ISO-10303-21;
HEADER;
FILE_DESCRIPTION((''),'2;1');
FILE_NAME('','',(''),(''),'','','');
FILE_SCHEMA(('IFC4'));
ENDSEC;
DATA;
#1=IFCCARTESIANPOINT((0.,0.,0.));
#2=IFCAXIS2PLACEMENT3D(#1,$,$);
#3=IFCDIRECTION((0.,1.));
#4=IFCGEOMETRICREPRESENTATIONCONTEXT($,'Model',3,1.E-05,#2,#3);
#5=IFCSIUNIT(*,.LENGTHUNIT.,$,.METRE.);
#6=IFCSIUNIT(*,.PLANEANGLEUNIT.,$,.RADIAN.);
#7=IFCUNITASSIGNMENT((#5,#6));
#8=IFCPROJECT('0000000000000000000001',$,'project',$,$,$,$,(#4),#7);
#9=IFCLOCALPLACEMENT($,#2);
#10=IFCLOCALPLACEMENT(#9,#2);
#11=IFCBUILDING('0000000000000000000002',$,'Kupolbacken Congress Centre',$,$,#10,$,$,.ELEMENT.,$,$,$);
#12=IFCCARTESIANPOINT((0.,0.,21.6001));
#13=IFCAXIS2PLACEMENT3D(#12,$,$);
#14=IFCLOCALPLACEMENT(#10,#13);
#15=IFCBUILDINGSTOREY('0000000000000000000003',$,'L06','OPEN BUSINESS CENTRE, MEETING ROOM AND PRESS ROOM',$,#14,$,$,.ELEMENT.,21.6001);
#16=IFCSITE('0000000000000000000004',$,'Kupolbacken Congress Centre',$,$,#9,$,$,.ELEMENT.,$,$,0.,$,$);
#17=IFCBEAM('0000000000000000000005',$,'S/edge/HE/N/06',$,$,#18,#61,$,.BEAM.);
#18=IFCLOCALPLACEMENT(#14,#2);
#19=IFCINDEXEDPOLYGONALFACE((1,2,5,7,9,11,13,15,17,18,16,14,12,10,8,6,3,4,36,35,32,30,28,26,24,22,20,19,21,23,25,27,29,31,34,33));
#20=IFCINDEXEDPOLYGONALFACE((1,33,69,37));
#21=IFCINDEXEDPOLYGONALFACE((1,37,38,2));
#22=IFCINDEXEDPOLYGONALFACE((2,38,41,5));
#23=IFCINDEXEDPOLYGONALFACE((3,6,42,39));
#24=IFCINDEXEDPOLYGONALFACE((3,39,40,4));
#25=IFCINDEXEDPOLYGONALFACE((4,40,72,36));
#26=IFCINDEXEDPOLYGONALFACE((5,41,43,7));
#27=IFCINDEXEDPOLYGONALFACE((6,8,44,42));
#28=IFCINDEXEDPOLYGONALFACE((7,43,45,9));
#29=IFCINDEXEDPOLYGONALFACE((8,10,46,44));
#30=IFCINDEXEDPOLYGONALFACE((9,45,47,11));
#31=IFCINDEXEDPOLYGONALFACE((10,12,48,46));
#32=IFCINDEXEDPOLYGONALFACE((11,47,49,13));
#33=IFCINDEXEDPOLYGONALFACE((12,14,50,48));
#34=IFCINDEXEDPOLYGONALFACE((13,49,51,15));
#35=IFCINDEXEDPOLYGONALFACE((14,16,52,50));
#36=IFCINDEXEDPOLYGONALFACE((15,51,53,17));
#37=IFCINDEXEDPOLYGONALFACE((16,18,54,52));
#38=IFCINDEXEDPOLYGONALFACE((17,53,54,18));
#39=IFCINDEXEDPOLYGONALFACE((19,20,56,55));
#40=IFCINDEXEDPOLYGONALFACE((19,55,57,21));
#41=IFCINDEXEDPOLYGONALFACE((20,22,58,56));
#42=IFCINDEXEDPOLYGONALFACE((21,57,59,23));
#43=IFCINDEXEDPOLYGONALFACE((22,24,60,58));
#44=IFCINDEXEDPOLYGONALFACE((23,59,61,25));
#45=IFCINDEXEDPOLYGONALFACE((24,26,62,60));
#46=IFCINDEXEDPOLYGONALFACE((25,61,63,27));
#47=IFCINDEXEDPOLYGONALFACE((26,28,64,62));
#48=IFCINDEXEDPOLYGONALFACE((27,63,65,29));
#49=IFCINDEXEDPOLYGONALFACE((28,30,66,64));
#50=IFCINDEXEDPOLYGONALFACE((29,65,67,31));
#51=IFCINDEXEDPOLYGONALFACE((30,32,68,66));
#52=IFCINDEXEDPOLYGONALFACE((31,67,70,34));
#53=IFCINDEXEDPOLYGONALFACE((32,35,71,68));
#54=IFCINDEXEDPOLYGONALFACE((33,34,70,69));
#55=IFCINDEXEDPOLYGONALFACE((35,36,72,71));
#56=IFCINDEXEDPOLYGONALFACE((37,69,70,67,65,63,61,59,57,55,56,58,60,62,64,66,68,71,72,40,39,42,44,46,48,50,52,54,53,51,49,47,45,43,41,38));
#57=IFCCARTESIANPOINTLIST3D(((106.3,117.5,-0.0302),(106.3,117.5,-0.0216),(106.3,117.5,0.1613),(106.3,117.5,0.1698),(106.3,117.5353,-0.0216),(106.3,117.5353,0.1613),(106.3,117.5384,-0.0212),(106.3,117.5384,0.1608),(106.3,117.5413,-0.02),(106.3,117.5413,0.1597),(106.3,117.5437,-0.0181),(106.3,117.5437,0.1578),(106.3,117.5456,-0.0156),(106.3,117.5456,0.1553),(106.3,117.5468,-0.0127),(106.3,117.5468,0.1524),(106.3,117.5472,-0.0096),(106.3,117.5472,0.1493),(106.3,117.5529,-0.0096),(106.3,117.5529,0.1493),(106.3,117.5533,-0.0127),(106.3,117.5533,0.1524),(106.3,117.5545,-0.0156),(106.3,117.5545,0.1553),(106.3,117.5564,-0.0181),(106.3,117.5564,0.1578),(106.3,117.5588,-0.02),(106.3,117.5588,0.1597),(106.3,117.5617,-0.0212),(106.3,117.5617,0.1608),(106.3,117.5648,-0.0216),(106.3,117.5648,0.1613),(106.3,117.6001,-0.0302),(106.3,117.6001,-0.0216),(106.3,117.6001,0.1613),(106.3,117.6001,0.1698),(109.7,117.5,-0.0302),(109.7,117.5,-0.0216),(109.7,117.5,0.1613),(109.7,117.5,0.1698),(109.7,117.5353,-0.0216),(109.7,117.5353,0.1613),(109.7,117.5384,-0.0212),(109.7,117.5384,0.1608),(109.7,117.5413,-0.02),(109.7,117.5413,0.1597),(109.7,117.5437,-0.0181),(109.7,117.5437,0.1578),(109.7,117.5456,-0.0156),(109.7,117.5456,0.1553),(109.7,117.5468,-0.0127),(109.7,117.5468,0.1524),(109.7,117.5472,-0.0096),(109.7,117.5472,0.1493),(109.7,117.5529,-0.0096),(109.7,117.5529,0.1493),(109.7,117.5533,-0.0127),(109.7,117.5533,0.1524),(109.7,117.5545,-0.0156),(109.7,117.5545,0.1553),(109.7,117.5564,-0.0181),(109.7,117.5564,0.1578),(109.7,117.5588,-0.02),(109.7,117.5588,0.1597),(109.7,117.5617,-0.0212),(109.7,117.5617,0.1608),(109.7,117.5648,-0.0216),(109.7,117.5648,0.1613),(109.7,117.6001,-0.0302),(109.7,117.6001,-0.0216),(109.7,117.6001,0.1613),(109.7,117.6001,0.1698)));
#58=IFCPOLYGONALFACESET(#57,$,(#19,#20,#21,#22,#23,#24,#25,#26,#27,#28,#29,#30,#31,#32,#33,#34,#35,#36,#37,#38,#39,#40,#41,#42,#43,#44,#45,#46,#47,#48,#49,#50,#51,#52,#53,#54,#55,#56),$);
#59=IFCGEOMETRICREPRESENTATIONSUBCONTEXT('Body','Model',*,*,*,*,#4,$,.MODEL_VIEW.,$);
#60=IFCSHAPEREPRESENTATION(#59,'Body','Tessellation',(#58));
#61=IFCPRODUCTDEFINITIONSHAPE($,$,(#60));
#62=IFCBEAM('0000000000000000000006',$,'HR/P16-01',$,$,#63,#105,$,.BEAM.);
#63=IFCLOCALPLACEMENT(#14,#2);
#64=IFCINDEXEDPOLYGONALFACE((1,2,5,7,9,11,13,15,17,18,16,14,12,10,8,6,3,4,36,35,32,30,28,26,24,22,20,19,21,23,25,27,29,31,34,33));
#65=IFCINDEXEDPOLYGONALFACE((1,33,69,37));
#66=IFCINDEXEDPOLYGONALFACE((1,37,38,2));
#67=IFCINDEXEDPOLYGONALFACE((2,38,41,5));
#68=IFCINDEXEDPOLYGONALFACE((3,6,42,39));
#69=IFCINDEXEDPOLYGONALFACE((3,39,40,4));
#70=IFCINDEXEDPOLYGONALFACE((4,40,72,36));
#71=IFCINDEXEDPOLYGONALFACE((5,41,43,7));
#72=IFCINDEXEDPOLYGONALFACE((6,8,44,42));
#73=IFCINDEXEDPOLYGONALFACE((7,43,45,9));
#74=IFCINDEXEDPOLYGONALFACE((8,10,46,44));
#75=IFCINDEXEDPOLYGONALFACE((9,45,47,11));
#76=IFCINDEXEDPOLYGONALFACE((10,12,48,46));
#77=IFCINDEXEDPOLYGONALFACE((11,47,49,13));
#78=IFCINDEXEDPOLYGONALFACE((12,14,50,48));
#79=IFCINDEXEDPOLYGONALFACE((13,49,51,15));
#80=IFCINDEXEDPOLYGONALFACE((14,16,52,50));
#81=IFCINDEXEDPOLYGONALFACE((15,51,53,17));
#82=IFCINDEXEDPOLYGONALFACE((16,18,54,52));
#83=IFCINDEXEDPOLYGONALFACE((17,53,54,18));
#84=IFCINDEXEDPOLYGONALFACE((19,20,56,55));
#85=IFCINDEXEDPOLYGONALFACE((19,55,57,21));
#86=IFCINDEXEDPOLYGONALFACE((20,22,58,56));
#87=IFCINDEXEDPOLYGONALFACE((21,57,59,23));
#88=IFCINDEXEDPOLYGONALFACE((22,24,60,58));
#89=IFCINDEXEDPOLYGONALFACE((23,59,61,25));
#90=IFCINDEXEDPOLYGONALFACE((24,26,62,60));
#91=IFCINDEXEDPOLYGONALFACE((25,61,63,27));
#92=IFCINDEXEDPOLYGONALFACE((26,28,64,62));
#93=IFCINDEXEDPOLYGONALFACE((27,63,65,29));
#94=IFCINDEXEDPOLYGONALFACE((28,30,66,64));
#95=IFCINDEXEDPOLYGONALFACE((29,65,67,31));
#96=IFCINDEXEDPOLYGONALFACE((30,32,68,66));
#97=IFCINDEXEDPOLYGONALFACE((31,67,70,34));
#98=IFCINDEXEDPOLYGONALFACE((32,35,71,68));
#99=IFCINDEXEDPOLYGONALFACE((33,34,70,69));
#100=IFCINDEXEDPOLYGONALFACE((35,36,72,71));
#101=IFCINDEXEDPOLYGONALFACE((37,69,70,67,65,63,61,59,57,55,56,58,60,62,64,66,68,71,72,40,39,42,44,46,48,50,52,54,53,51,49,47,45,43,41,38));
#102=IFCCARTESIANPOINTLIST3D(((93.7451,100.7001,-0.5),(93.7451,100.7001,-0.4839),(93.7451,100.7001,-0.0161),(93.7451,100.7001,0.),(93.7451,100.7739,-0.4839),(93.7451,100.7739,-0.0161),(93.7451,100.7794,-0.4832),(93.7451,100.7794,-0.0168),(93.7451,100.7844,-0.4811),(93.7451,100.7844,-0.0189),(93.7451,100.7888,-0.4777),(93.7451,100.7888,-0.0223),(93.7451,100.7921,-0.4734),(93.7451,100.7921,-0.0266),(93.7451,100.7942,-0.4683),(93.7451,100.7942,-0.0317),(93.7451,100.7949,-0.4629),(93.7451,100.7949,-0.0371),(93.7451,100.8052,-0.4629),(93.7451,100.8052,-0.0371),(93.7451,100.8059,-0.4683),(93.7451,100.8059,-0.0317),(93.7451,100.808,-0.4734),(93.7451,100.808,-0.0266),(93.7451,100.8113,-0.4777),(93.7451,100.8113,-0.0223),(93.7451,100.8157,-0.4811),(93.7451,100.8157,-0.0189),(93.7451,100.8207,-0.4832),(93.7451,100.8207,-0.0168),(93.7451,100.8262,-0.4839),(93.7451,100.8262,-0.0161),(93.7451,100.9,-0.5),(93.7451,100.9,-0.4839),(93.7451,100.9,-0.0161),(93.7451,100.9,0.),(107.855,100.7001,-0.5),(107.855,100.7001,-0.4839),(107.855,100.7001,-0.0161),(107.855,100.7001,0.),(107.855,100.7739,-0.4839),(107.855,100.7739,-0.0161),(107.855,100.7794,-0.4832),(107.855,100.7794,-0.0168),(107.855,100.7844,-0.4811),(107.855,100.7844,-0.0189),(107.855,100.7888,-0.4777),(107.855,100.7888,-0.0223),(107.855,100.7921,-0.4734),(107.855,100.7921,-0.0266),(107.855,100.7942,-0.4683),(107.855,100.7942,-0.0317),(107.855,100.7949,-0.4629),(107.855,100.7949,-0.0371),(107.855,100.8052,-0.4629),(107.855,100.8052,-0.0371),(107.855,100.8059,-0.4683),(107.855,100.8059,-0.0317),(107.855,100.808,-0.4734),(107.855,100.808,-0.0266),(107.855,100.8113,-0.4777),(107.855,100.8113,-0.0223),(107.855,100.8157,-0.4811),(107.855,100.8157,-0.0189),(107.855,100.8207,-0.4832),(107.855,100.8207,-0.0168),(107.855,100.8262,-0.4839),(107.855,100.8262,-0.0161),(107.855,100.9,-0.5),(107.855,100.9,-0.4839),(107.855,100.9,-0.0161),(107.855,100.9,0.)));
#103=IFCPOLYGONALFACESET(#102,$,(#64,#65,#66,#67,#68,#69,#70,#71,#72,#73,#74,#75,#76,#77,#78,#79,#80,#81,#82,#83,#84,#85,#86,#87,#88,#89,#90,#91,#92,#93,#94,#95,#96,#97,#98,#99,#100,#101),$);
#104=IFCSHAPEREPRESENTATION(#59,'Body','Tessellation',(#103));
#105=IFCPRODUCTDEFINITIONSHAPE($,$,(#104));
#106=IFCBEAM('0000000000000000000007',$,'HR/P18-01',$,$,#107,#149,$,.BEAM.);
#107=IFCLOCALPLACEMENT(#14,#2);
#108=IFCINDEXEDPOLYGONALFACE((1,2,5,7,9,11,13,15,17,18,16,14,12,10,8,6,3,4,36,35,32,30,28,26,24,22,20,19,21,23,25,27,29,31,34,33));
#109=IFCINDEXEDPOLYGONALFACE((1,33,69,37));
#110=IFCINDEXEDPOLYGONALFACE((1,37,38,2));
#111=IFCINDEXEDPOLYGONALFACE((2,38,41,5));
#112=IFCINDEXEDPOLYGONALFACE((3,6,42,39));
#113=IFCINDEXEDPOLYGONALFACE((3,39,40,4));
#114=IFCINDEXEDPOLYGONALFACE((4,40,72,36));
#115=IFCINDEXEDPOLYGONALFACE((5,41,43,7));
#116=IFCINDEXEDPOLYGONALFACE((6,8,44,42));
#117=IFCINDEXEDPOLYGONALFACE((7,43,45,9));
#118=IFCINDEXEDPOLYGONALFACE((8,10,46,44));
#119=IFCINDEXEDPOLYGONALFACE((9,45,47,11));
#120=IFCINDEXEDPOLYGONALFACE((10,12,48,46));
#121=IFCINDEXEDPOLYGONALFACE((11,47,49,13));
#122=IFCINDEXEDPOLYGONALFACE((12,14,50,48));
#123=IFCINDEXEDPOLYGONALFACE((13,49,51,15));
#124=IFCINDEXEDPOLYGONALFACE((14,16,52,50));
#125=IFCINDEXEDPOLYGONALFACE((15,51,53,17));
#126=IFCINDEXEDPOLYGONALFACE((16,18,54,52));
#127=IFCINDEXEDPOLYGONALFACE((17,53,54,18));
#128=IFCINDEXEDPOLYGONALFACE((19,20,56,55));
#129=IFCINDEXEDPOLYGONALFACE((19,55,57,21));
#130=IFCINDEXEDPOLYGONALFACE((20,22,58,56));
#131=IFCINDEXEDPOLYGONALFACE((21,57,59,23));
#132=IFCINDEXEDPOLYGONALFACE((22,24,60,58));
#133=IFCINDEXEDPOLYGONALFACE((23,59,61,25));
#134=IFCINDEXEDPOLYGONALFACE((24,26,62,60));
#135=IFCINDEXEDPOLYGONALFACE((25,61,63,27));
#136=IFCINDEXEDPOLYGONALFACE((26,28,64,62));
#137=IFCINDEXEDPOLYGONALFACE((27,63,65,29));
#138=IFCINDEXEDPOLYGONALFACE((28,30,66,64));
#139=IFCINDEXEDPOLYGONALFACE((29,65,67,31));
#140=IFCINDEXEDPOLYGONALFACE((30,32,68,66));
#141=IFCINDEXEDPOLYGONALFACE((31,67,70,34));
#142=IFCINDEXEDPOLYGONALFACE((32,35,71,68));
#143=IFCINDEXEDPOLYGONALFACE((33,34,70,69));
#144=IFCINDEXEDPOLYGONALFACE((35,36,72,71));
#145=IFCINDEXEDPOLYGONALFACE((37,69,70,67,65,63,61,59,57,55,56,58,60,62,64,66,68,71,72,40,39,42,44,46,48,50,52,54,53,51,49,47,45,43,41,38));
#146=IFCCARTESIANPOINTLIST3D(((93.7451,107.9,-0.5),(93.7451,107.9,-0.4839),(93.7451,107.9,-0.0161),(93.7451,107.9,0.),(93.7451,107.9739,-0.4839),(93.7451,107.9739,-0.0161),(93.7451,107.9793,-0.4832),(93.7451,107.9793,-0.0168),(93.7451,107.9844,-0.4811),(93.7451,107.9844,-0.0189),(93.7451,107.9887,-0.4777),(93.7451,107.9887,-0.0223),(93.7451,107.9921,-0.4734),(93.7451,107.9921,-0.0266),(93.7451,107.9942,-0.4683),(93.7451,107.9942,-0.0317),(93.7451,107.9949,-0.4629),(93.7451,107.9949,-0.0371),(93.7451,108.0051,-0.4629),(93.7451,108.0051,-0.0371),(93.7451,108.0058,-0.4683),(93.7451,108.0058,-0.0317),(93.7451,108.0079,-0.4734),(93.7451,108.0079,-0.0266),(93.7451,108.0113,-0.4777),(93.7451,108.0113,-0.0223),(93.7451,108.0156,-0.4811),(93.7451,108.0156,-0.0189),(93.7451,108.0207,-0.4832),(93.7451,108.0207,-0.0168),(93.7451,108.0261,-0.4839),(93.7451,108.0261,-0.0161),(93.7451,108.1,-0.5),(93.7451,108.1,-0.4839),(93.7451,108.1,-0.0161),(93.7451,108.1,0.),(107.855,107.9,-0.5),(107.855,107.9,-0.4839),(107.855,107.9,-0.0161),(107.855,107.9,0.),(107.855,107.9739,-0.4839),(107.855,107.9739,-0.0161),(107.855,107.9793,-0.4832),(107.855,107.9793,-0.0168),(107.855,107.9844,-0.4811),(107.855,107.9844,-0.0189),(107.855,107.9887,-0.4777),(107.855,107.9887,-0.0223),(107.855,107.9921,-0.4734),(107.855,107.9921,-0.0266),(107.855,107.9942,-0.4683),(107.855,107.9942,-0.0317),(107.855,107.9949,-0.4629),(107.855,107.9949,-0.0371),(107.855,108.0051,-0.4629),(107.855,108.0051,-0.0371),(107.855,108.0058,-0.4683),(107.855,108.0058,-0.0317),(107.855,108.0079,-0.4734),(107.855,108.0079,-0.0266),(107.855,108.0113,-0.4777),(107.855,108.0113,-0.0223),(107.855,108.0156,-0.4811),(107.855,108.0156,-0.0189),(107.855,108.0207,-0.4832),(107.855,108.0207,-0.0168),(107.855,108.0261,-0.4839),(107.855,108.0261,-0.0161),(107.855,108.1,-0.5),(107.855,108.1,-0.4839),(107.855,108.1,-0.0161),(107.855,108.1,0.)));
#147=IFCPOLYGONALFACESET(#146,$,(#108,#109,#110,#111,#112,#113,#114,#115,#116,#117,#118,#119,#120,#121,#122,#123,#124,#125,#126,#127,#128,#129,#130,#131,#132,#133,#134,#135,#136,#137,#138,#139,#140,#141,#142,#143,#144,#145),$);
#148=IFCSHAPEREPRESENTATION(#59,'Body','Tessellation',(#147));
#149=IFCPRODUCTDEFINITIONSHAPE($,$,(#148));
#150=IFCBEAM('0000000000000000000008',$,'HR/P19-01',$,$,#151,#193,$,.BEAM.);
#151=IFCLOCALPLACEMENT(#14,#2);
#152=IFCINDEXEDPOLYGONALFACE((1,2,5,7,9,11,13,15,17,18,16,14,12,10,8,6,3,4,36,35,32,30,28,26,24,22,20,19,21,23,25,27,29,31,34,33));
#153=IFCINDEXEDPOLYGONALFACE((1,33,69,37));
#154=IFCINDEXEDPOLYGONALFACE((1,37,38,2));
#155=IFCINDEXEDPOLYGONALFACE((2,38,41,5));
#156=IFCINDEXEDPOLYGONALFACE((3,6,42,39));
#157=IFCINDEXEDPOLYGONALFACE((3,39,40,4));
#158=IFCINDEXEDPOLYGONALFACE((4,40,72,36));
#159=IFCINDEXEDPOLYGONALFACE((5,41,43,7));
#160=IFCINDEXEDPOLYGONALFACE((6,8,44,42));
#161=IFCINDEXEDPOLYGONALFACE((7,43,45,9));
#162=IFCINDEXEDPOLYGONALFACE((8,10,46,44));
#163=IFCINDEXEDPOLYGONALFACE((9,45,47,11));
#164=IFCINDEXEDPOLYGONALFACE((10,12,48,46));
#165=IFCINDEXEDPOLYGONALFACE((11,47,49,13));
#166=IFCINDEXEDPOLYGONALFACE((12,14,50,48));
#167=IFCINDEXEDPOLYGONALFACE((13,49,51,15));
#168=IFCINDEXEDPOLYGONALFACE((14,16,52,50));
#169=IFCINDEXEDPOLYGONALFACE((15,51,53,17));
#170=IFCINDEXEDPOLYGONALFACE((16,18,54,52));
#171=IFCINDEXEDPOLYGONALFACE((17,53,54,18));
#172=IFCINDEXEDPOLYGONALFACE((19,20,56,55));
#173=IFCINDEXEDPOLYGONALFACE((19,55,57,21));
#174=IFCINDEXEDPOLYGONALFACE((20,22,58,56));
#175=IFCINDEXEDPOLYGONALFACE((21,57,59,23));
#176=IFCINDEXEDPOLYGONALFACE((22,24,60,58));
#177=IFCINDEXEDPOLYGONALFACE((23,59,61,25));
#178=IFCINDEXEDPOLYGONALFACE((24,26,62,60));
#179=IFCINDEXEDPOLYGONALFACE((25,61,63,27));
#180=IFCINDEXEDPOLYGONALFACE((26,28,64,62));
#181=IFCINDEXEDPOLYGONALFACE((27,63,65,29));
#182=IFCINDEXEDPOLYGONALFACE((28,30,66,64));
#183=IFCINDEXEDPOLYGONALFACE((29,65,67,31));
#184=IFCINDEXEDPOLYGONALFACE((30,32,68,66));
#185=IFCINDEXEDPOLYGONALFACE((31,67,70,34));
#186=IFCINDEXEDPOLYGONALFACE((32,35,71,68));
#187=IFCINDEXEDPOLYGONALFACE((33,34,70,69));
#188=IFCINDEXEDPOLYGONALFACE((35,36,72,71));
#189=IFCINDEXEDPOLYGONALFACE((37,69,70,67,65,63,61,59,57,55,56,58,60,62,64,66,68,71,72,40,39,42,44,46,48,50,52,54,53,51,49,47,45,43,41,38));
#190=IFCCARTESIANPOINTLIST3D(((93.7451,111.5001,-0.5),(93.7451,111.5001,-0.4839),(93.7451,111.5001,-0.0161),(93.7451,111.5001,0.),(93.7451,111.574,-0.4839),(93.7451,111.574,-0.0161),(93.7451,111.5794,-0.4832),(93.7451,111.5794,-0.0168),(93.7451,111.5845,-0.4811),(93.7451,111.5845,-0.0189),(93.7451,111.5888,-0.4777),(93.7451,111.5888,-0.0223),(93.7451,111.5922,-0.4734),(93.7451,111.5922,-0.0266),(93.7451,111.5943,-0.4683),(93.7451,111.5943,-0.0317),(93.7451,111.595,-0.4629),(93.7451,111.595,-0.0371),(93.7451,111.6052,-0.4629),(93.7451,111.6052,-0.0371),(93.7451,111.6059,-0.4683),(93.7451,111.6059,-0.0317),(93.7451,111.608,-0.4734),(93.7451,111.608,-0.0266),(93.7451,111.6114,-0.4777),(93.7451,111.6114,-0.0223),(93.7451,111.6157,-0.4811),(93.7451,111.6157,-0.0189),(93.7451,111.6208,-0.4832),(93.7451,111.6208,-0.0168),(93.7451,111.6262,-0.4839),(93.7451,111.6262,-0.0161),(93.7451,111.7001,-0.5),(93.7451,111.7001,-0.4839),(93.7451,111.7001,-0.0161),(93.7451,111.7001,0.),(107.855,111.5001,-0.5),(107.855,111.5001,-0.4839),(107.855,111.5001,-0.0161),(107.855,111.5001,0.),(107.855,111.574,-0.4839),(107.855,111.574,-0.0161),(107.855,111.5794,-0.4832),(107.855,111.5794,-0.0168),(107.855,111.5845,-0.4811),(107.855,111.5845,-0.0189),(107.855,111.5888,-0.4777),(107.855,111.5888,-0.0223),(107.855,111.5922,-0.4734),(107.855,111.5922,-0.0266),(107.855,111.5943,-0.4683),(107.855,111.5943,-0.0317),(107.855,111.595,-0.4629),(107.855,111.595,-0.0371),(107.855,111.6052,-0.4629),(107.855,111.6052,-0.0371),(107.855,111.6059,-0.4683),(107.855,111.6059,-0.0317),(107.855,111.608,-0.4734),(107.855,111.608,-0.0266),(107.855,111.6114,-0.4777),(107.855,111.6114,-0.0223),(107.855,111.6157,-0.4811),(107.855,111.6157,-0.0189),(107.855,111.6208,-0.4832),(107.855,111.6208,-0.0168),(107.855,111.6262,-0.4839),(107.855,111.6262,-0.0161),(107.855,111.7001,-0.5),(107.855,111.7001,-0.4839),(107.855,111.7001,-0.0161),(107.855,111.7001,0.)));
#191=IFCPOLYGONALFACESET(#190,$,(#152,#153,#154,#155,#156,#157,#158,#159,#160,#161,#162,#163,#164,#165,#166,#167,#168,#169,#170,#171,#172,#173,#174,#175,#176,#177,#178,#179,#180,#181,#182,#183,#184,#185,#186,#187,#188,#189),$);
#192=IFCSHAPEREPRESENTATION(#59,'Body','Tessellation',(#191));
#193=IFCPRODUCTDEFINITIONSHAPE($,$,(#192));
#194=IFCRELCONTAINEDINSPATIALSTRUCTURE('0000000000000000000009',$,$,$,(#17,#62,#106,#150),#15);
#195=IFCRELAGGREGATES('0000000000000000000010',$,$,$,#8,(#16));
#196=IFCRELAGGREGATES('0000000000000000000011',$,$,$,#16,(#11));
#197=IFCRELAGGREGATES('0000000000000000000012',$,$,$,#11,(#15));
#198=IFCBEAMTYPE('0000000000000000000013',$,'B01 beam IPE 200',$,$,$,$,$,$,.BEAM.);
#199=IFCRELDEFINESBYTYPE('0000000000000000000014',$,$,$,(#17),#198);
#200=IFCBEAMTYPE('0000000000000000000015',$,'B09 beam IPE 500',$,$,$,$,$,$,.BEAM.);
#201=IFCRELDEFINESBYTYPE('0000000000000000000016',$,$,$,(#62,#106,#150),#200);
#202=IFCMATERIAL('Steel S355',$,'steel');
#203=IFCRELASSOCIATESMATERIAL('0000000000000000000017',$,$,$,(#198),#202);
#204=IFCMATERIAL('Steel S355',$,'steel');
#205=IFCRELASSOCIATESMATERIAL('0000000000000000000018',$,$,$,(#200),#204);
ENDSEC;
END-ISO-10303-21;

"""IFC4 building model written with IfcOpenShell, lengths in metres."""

from ifc_helpers import new_model, si_unit, direction, frame, origin, origin_2d, place, context, subcontext, project, spatial, i_section, extrude, material, material_profile, profile_set, type_object, element, save


model = new_model("IFC4")

# Units and contexts
model_context = context("Model", 3, precision=1e-05, world=origin(), true_north=direction((0.0, 1.0)))
body_context = subcontext(model_context, "Body", "Model", "MODEL_VIEW")
ifc_project = project(units=[si_unit("LENGTHUNIT", "METRE"), si_unit("PLANEANGLEUNIT", "RADIAN")], contexts=[model_context])

# Site, building, storey
site_placement = place(None, origin())
site = spatial("IfcSite", under=ifc_project, at=site_placement, Name="Kupolbacken Congress Centre", CompositionType="ELEMENT", RefElevation=0.0)
building_placement = place(site_placement, origin())
building = spatial("IfcBuilding", under=site, at=building_placement, Name="Kupolbacken Congress Centre", CompositionType="ELEMENT")
storey_placement = place(building_placement, frame((0.0, 0.0, 21.6001)))
storey = spatial("IfcBuildingStorey", under=building, at=storey_placement, Name="L06", Description="OPEN BUSINESS CENTRE, MEETING ROOM AND PRESS ROOM", CompositionType="ELEMENT", Elevation=21.6001)

# Beams
ifc_material_1 = material(Name="Steel S355", Category="steel")
ifc_material_profile_1 = material_profile(ifc_material_1, i_section(OverallWidth=0.1001, OverallDepth=0.2, WebThickness=0.0056, FlangeThickness=0.0085, FilletRadius=0.012, at=origin_2d()), Name="IPE 200")
ifc_profile_set_1 = profile_set([ifc_material_profile_1], Name="Steel S355")
beam_type_1 = type_object("IfcBeamType", Name="B01 beam IPE 200", PredefinedType="BEAM", material=ifc_profile_set_1)
beam_1_placement = place(storey_placement, frame((106.3, 117.55, 0.0698), z_axis=(1.0, 0.0, 0.0), x_axis=(0.0, 1.0, 0.0)))
element("IfcBeam", 1, at=beam_1_placement, inside=storey, type_object=beam_type_1, Name="S/edge/HE/N/06", PredefinedType="BEAM", context=body_context, shape_type="SweptSolid", body=[
    extrude(i_section(OverallWidth=0.1001, OverallDepth=0.2, WebThickness=0.0056, FlangeThickness=0.0085, FilletRadius=0.012, at=origin_2d()), origin(), (0.0, 0.0, 1.0), 3.3999),
])
ifc_material_2 = material(Name="Steel S355", Category="steel")
ifc_material_profile_2 = material_profile(ifc_material_2, i_section(OverallWidth=0.2, OverallDepth=0.5, WebThickness=0.0103, FlangeThickness=0.0161, FilletRadius=0.021, at=origin_2d()), Name="IPE 500")
ifc_profile_set_2 = profile_set([ifc_material_profile_2], Name="Steel S355")
beam_type_2 = type_object("IfcBeamType", Name="B09 beam IPE 500", PredefinedType="BEAM", material=ifc_profile_set_2)
for number, where, z_axis, x_axis, name in (
    (2, (93.7451, 100.8, -0.25), (1.0, 0.0, 0.0), (0.0, 1.0, 0.0), "HR/P16-01"),
    (3, (93.7451, 108.0, -0.25), (1.0, 0.0, 0.0), (0.0, 1.0, 0.0), "HR/P18-01"),
    (4, (93.7451, 111.6001, -0.25), (1.0, 0.0, 0.0), (0.0, 1.0, 0.0), "HR/P19-01"),
):
    element("IfcBeam", number, at=place(storey_placement, frame(where, z_axis=z_axis, x_axis=x_axis)), inside=storey, type_object=beam_type_2, Name=name, PredefinedType="BEAM", context=body_context, shape_type="SweptSolid", body=[
        extrude(i_section(OverallWidth=0.2, OverallDepth=0.5, WebThickness=0.0103, FlangeThickness=0.0161, FilletRadius=0.021, at=origin_2d()), origin(), (0.0, 0.0, 1.0), 14.1099),
    ])

save(model, "model.ifc")
